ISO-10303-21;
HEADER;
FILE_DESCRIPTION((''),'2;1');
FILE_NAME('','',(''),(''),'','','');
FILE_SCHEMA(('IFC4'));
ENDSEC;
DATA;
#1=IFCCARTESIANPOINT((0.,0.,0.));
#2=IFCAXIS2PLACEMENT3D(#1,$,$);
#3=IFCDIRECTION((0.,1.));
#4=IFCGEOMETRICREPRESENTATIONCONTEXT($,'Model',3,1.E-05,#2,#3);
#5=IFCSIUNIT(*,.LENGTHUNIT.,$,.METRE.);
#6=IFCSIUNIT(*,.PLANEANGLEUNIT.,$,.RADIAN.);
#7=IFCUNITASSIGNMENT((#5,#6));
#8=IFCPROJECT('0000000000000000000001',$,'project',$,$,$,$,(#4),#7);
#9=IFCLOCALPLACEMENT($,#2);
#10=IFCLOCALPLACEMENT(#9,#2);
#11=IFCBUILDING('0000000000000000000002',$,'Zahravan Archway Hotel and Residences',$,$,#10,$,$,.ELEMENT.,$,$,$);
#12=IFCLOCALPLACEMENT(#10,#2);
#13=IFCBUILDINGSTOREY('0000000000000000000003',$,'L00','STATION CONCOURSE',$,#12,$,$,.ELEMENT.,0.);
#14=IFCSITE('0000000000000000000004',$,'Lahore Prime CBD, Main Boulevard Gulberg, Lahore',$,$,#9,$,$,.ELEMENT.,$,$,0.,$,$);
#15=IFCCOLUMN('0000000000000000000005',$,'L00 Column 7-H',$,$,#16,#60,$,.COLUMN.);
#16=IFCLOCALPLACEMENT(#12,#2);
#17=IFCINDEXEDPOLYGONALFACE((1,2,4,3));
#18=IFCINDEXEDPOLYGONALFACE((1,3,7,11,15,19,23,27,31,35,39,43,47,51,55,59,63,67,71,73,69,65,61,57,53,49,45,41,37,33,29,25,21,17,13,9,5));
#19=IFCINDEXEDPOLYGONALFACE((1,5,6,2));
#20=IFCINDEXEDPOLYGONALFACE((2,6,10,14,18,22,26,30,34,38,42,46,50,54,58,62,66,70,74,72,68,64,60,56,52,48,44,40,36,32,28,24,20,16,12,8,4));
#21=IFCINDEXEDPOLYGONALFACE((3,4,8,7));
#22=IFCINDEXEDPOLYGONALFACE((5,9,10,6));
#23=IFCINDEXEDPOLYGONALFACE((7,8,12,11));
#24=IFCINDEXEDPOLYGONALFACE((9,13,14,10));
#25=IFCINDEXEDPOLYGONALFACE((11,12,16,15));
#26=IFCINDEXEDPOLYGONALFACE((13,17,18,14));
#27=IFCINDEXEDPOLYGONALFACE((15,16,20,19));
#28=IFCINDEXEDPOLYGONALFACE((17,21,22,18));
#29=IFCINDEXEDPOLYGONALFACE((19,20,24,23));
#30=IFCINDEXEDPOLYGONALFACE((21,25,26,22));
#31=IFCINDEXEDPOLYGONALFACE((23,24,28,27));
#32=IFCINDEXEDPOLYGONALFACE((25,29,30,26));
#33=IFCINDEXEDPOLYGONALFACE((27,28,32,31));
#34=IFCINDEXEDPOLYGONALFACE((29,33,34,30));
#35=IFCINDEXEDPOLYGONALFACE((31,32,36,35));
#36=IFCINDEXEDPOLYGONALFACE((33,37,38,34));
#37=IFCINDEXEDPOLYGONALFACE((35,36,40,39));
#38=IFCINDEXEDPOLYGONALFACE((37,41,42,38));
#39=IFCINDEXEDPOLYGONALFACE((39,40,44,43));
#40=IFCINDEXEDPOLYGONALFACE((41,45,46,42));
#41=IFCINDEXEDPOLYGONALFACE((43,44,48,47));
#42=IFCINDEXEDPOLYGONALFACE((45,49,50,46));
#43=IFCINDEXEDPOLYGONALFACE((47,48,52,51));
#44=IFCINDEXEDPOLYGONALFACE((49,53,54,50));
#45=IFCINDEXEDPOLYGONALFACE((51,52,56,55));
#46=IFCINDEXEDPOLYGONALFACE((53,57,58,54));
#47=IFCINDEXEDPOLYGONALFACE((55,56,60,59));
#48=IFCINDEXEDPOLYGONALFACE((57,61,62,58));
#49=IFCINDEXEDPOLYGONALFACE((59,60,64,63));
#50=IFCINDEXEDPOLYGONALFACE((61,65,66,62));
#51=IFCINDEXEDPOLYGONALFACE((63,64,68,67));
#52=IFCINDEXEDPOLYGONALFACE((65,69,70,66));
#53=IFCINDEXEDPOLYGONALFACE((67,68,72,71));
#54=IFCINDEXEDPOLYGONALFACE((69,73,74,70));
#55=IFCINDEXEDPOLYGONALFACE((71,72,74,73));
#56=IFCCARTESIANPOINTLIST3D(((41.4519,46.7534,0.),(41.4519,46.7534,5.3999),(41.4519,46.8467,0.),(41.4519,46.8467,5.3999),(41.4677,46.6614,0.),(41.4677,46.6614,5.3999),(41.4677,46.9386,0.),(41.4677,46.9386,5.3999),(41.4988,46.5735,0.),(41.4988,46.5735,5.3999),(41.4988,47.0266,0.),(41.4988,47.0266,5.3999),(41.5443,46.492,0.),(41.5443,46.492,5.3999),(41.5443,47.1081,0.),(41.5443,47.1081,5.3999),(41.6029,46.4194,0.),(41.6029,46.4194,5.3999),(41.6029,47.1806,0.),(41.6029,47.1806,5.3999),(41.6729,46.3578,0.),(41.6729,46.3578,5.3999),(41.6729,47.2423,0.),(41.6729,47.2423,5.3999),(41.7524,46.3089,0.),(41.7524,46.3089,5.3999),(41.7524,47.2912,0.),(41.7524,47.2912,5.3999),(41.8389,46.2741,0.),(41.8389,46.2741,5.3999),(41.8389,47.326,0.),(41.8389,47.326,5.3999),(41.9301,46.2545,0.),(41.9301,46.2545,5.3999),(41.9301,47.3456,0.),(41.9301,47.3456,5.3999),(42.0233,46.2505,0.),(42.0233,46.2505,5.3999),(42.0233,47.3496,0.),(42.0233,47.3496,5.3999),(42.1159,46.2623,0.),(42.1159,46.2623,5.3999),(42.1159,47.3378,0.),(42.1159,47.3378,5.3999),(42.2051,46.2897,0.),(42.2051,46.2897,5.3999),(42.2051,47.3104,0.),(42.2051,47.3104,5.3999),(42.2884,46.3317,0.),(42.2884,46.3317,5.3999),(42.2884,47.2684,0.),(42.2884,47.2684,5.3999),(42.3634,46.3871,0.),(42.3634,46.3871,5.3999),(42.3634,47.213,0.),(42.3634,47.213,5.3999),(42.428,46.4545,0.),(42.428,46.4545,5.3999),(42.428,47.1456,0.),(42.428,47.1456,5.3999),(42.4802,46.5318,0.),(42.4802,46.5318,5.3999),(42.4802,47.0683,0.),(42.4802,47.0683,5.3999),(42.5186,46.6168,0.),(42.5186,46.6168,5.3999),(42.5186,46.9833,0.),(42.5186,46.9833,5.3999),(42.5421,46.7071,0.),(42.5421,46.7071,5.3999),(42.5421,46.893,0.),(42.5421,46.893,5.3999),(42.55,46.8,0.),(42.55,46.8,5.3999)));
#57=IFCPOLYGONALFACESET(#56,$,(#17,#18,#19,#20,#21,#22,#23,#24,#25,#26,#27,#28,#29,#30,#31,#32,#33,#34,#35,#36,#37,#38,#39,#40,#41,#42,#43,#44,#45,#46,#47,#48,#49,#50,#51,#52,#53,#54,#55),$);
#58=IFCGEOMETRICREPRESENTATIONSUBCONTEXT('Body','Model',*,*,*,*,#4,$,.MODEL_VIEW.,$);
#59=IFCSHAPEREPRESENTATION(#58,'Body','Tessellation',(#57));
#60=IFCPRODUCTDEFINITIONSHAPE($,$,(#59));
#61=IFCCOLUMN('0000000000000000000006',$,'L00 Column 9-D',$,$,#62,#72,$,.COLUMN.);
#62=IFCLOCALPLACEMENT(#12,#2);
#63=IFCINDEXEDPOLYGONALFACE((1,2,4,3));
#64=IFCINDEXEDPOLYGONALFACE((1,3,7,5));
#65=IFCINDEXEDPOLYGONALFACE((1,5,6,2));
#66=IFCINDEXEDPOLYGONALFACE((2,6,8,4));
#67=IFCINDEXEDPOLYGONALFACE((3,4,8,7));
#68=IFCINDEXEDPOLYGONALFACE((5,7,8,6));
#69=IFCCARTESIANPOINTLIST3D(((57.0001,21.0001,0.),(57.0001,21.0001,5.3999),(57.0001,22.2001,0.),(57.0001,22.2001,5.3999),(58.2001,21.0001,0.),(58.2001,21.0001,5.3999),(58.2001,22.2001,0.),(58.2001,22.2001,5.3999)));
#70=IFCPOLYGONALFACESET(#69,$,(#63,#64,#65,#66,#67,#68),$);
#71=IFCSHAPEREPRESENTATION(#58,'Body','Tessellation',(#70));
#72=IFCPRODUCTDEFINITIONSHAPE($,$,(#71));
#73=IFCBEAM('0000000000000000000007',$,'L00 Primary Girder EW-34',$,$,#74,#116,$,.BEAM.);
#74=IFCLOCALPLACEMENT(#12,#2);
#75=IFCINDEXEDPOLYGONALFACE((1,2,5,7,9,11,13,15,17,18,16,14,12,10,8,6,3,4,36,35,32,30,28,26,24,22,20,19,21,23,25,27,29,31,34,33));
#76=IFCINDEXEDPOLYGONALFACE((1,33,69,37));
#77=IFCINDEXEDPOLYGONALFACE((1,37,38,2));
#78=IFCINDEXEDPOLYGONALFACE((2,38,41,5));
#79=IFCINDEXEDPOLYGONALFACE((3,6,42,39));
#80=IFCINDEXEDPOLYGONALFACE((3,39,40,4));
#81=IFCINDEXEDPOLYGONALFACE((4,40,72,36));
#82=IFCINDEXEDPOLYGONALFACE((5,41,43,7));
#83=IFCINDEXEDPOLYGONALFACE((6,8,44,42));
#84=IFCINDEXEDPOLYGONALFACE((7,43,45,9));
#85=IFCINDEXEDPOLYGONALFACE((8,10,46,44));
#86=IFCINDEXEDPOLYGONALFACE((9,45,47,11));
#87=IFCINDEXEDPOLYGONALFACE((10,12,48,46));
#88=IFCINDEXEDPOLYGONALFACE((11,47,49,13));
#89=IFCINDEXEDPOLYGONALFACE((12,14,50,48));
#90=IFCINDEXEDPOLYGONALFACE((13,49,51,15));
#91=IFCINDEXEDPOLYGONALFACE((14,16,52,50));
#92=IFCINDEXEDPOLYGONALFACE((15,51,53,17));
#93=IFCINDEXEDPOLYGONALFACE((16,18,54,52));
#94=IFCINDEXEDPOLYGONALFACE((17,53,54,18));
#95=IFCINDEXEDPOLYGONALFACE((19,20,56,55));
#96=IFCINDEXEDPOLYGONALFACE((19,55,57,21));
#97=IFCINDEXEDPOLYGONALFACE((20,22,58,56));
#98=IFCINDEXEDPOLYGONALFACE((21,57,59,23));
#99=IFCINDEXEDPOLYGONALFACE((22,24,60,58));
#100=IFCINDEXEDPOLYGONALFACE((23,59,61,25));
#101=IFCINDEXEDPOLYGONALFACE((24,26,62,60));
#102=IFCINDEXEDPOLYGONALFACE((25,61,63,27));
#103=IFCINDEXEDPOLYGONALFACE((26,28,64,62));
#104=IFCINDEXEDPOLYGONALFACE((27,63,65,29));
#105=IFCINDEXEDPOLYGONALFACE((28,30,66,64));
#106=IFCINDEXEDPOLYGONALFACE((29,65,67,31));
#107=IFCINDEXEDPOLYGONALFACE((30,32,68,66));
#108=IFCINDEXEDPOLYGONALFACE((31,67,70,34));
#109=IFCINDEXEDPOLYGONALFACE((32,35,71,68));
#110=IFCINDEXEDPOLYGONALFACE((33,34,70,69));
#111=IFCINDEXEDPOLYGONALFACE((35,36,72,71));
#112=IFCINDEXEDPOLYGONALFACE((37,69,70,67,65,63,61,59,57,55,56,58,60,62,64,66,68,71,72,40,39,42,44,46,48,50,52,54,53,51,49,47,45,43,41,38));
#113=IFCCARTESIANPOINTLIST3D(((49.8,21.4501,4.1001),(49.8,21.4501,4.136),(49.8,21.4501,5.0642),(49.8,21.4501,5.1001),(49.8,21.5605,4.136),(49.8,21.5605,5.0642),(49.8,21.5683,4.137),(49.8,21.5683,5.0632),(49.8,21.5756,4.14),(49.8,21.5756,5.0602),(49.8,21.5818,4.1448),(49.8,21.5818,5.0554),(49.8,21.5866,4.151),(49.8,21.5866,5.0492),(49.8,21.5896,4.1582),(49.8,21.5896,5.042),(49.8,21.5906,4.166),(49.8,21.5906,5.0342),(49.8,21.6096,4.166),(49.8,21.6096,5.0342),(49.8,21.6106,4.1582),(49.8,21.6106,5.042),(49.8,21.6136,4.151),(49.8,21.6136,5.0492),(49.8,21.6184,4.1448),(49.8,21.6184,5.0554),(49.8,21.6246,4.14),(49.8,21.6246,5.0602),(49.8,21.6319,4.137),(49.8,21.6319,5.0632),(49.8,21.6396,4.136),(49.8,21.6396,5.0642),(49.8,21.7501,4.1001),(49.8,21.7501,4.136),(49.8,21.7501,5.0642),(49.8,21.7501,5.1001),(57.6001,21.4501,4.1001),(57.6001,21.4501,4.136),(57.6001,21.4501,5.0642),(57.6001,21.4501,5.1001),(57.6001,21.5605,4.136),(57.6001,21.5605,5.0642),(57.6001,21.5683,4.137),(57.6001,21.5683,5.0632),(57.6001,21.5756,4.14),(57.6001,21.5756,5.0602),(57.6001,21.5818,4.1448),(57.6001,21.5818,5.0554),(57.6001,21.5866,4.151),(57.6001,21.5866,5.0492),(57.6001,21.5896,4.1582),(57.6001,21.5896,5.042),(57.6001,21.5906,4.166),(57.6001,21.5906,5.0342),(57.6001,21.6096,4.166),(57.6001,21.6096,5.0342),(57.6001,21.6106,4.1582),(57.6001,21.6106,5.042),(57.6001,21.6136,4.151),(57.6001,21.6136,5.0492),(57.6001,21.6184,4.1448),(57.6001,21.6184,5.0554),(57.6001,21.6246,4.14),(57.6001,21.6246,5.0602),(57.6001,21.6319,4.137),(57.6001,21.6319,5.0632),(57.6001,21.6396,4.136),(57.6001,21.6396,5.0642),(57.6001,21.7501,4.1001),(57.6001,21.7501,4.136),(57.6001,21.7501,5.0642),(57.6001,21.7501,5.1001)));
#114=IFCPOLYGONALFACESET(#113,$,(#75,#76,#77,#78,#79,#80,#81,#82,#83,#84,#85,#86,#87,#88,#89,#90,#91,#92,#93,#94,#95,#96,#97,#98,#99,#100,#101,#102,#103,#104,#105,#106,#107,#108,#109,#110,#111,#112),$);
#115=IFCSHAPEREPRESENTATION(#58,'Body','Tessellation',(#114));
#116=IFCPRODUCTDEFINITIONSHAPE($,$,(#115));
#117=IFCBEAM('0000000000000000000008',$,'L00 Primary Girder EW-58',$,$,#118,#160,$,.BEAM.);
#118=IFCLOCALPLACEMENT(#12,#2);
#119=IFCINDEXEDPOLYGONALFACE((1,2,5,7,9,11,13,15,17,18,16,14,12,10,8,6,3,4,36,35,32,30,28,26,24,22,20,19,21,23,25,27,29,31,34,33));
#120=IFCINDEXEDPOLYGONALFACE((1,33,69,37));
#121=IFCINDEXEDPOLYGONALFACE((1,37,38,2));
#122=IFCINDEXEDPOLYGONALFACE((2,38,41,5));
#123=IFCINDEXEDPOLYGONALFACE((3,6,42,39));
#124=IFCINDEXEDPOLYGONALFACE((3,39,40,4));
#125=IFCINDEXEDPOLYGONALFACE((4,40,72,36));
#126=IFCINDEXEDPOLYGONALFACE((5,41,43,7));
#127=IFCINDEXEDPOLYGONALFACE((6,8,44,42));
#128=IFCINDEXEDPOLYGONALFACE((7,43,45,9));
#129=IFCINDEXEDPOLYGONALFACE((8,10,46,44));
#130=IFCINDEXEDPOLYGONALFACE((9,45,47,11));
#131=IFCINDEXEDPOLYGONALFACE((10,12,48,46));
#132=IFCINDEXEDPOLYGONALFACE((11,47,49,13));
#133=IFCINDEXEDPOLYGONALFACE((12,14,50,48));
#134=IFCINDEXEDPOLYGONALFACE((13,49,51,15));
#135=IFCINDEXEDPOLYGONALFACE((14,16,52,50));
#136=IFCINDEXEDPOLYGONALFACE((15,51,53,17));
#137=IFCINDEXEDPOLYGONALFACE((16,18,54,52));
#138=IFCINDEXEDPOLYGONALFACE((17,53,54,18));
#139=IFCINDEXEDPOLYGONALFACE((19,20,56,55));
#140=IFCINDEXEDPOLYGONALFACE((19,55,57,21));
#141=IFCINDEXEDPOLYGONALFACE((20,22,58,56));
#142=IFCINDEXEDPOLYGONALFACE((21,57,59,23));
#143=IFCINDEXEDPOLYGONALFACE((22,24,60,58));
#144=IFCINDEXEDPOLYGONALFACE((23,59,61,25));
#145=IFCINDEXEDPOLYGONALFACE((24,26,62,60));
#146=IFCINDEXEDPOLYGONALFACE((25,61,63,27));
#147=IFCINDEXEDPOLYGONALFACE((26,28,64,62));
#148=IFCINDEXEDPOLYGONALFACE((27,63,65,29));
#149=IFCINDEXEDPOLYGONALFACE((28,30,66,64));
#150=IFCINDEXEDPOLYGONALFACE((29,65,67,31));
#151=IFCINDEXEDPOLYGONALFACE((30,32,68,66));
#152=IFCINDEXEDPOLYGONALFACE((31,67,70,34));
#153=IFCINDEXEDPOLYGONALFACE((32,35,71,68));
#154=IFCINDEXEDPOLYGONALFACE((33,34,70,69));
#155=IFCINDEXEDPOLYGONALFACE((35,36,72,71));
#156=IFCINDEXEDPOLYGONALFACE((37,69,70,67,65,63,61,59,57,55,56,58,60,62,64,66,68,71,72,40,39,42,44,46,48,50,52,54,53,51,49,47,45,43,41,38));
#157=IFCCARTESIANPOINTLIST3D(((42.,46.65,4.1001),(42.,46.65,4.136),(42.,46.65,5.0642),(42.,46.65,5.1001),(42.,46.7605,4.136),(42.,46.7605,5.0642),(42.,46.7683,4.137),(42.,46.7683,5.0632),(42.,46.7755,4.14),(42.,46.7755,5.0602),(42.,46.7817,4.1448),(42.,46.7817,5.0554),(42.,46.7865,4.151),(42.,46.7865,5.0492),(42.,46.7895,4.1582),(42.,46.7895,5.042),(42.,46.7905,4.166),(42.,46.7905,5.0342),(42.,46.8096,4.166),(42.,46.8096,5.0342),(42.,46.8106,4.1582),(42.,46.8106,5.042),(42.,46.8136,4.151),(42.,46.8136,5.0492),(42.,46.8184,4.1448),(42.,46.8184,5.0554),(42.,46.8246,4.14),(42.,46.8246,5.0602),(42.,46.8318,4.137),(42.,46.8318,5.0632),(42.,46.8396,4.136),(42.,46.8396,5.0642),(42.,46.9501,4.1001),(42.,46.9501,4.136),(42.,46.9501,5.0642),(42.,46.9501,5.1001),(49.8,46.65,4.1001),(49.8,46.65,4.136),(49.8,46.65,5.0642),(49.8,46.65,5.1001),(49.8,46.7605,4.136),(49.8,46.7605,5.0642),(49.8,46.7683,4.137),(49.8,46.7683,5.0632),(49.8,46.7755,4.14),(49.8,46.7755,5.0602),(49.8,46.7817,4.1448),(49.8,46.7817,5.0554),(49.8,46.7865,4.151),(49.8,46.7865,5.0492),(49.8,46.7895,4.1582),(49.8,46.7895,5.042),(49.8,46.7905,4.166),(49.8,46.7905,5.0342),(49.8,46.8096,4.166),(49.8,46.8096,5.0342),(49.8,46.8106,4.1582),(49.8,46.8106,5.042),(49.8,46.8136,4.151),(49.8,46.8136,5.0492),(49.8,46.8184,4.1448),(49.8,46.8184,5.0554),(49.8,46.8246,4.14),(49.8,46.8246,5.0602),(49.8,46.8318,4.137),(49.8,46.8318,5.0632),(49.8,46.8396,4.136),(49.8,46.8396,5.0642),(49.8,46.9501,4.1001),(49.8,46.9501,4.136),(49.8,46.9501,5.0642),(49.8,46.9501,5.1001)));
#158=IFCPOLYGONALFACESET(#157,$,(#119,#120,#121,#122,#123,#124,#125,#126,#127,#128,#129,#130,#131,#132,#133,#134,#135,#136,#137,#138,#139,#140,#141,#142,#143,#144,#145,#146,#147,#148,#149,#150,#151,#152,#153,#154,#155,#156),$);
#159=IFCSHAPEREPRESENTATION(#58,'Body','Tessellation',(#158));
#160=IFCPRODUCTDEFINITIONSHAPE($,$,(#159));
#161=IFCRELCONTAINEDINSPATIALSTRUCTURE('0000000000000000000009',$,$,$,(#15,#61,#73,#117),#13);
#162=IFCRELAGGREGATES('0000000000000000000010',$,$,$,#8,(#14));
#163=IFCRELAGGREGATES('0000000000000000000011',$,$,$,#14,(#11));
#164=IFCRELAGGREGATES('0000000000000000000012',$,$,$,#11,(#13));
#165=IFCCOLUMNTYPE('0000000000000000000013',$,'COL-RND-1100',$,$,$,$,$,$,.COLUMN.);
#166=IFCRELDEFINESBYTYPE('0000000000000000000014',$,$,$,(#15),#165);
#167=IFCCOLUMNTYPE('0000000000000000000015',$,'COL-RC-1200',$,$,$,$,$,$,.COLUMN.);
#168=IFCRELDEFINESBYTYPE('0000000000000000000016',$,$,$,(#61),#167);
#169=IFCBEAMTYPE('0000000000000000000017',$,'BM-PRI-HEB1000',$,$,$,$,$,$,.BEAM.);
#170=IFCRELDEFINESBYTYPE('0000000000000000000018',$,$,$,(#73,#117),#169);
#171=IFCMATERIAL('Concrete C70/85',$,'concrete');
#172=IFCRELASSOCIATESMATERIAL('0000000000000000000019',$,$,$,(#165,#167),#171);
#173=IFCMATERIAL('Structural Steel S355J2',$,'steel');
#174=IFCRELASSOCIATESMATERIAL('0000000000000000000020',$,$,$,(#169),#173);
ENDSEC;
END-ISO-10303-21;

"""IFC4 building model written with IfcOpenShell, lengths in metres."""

from ifc_helpers import new_model, si_unit, direction, frame, origin, origin_2d, place, context, subcontext, project, spatial, rectangle, circle, i_section, extrude, source, transform, mapped, material, material_profile, profile_set, type_object, type_shapes, element, save


model = new_model("IFC4")

# Units and contexts
model_context = context("Model", 3, precision=1e-05, world=origin(), true_north=direction((0.0, 1.0)))
body_context = subcontext(model_context, "Body", "Model", "MODEL_VIEW")
ifc_project = project(units=[si_unit("LENGTHUNIT", "METRE"), si_unit("PLANEANGLEUNIT", "RADIAN")], contexts=[model_context])

# Site, building, storey
site_placement = place(None, origin())
site = spatial("IfcSite", under=ifc_project, at=site_placement, Name="Lahore Prime CBD, Main Boulevard Gulberg, Lahore", CompositionType="ELEMENT", RefElevation=0.0)
building_placement = place(site_placement, origin())
building = spatial("IfcBuilding", under=site, at=building_placement, Name="Zahravan Archway Hotel and Residences", CompositionType="ELEMENT")
storey_placement = place(building_placement, origin())
storey = spatial("IfcBuildingStorey", under=building, at=storey_placement, Name="L00", Description="STATION CONCOURSE", CompositionType="ELEMENT", Elevation=0.0)

# Columns
ifc_material_1 = material(Name="Concrete C70/85", Category="concrete")
ifc_material_profile_1 = material_profile(ifc_material_1, circle(Radius=0.55, at=origin_2d()), Name="RC-CIRC-1100", Category="concrete")
ifc_profile_set_1 = profile_set([ifc_material_profile_1], Name="Concrete C70/85")
column_type_1 = type_object("IfcColumnType", Name="COL-RND-1100", PredefinedType="COLUMN", material=ifc_profile_set_1)
shared_shape_1 = source(origin(), body_context, "Body", "SweptSolid", [
    extrude(circle(Radius=0.55, at=origin_2d()), origin(), (0.0, 0.0, 1.0), 5.3999),
])
type_shapes(column_type_1, [shared_shape_1])
column_1_placement = place(storey_placement, frame((42.0, 46.8, 0.0), z_axis=(0.0, 0.0, 1.0), x_axis=(1.0, 0.0, 0.0)))
element("IfcColumn", 1, at=column_1_placement, inside=storey, type_object=column_type_1, Name="L00 Column 7-H", PredefinedType="COLUMN", context=body_context, shape_type="MappedRepresentation", body=[
    mapped(shared_shape_1, transform((0.0, 0.0, 0.0), scale=1.0)),
])
ifc_material_profile_2 = material_profile(ifc_material_1, rectangle(XDim=1.2, YDim=1.2, at=origin_2d()), Name="RC-COL-1200x1200", Category="concrete")
ifc_profile_set_2 = profile_set([ifc_material_profile_2], Name="Concrete C70/85")
column_type_2 = type_object("IfcColumnType", Name="COL-RC-1200", PredefinedType="COLUMN", material=ifc_profile_set_2)
shared_shape_2 = source(origin(), body_context, "Body", "SweptSolid", [
    extrude(rectangle(XDim=1.2, YDim=1.2, at=origin_2d()), origin(), (0.0, 0.0, 1.0), 5.3999),
])
column_2_placement = place(storey_placement, frame((57.6001, 21.6001, 0.0), z_axis=(0.0, 0.0, 1.0), x_axis=(1.0, 0.0, 0.0)))
element("IfcColumn", 2, at=column_2_placement, inside=storey, type_object=column_type_2, Name="L00 Column 9-D", PredefinedType="COLUMN", context=body_context, shape_type="MappedRepresentation", body=[
    mapped(shared_shape_2, transform((0.0, 0.0, 0.0), scale=1.0)),
])

# Beams
ifc_material_2 = material(Name="Structural Steel S355J2", Category="steel")
ifc_material_profile_3 = material_profile(ifc_material_2, i_section(OverallWidth=0.3, OverallDepth=1.0, WebThickness=0.019, FlangeThickness=0.0359, FilletRadius=0.03, at=origin_2d()), Name="HEB 1000", Category="steel")
ifc_profile_set_3 = profile_set([ifc_material_profile_3], Name="Structural Steel S355J2")
beam_type_1 = type_object("IfcBeamType", Name="BM-PRI-HEB1000", PredefinedType="BEAM", material=ifc_profile_set_3)
shared_shape_3 = source(origin(), body_context, "Body", "SweptSolid", [
    extrude(i_section(OverallWidth=0.3, OverallDepth=1.0, WebThickness=0.019, FlangeThickness=0.0359, FilletRadius=0.03, at=origin_2d()), origin(), (0.0, 0.0, 1.0), 7.8),
])
for number, where, z_axis, x_axis, name in (
    (3, (49.8, 21.6001, 4.6001), (1.0, 0.0, 0.0), (0.0, 1.0, 0.0), "L00 Primary Girder EW-34"),
    (4, (42.0, 46.8, 4.6001), (1.0, 0.0, 0.0), (0.0, 1.0, 0.0), "L00 Primary Girder EW-58"),
):
    element("IfcBeam", number, at=place(storey_placement, frame(where, z_axis=z_axis, x_axis=x_axis)), inside=storey, type_object=beam_type_1, Name=name, PredefinedType="BEAM", context=body_context, shape_type="MappedRepresentation", body=[
        mapped(shared_shape_3, transform((0.0, 0.0, 0.0), scale=1.0)),
    ])

save(model, "model.ifc")
